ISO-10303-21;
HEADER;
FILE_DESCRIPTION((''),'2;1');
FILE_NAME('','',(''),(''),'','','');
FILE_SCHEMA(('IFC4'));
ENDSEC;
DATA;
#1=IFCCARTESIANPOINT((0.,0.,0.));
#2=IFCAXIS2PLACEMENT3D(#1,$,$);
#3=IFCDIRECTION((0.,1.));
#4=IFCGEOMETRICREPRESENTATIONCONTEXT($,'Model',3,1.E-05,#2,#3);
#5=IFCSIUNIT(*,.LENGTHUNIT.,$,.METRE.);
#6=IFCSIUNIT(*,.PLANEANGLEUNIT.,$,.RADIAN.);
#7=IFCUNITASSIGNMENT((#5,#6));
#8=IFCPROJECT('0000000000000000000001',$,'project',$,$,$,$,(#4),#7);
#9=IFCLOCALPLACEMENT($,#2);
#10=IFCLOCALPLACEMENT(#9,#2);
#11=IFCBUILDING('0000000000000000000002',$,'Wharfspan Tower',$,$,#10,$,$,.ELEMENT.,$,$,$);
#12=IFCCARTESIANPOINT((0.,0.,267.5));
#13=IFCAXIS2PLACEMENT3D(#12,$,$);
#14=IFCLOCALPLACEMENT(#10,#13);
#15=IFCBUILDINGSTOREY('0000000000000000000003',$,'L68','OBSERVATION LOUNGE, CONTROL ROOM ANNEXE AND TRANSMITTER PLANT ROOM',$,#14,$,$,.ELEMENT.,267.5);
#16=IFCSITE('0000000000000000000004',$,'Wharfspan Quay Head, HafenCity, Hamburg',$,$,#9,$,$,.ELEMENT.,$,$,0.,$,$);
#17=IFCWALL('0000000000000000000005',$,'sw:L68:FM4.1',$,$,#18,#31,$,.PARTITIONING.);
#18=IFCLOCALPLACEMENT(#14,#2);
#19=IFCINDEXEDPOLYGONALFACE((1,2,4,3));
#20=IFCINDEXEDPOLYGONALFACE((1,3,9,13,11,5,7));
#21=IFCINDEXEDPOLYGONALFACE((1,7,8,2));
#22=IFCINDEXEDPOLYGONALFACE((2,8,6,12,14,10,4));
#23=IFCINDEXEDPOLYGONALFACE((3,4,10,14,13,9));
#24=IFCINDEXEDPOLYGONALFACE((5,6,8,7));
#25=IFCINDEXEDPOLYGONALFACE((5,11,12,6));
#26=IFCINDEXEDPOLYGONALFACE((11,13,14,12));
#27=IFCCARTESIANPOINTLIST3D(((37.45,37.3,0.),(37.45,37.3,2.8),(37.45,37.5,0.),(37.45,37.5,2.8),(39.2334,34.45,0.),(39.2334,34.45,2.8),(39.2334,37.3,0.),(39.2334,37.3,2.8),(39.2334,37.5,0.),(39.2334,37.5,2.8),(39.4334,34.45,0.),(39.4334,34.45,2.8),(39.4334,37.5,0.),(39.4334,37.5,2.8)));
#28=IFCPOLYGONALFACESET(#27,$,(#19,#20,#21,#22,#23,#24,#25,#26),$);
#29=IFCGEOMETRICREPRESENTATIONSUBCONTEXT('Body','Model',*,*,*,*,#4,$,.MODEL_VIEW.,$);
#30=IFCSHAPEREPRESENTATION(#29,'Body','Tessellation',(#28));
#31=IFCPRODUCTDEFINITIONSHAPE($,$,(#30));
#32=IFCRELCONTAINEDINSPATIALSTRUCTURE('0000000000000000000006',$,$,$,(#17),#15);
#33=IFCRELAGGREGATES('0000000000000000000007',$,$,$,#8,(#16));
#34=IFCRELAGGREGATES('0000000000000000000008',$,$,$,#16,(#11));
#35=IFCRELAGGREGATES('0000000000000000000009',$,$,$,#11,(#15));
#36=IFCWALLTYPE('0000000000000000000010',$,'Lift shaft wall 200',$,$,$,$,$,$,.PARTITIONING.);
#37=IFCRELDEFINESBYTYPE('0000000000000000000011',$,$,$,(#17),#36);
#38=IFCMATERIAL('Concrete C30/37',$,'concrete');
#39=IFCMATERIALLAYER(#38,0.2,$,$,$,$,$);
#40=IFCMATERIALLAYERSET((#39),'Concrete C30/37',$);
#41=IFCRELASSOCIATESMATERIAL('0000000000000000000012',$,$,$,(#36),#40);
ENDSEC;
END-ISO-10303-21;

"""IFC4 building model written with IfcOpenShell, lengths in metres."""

from ifc_helpers import new_model, si_unit, direction, frame, origin, place, context, subcontext, project, spatial, polyline, outline, extrude, material, layer, layer_set, type_object, element, save


model = new_model("IFC4")

# Units and contexts
model_context = context("Model", 3, precision=1e-05, world=origin(), true_north=direction((0.0, 1.0)))
body_context = subcontext(model_context, "Body", "Model", "MODEL_VIEW")
ifc_project = project(units=[si_unit("LENGTHUNIT", "METRE"), si_unit("PLANEANGLEUNIT", "RADIAN")], contexts=[model_context])

# Site, building, storey
site_placement = place(None, origin())
site = spatial("IfcSite", under=ifc_project, at=site_placement, Name="Wharfspan Quay Head, HafenCity, Hamburg", CompositionType="ELEMENT", RefElevation=0.0)
building_placement = place(site_placement, origin())
building = spatial("IfcBuilding", under=site, at=building_placement, Name="Wharfspan Tower", CompositionType="ELEMENT")
storey_placement = place(building_placement, frame((0.0, 0.0, 267.5)))
storey = spatial("IfcBuildingStorey", under=building, at=storey_placement, Name="L68", Description="OBSERVATION LOUNGE, CONTROL ROOM ANNEXE AND TRANSMITTER PLANT ROOM", CompositionType="ELEMENT", Elevation=267.5)

# Wall
ifc_material_1 = material(Name="Concrete C30/37", Category="concrete")
ifc_layer_1 = layer(ifc_material_1, 0.2)
ifc_layer_set_1 = layer_set([ifc_layer_1], Name="Concrete C30/37")
wall_type_1 = type_object("IfcWallType", Name="Lift shaft wall 200", PredefinedType="PARTITIONING", material=ifc_layer_set_1)
wall_1_placement = place(storey_placement, origin())
element("IfcWall", 1, at=wall_1_placement, inside=storey, type_object=wall_type_1, Name="sw:L68:FM4.1", PredefinedType="PARTITIONING", context=body_context, shape_type="SweptSolid", body=[
    extrude(outline(polyline([(39.2334, 37.3), (37.45, 37.3), (37.45, 37.5), (39.2334, 37.5), (39.4333, 37.5), (39.4333, 34.45), (39.2334, 34.45), (39.2334, 37.3)])), origin(), (0.0, 0.0, 1.0), 2.8),
])

save(model, "model.ifc")
